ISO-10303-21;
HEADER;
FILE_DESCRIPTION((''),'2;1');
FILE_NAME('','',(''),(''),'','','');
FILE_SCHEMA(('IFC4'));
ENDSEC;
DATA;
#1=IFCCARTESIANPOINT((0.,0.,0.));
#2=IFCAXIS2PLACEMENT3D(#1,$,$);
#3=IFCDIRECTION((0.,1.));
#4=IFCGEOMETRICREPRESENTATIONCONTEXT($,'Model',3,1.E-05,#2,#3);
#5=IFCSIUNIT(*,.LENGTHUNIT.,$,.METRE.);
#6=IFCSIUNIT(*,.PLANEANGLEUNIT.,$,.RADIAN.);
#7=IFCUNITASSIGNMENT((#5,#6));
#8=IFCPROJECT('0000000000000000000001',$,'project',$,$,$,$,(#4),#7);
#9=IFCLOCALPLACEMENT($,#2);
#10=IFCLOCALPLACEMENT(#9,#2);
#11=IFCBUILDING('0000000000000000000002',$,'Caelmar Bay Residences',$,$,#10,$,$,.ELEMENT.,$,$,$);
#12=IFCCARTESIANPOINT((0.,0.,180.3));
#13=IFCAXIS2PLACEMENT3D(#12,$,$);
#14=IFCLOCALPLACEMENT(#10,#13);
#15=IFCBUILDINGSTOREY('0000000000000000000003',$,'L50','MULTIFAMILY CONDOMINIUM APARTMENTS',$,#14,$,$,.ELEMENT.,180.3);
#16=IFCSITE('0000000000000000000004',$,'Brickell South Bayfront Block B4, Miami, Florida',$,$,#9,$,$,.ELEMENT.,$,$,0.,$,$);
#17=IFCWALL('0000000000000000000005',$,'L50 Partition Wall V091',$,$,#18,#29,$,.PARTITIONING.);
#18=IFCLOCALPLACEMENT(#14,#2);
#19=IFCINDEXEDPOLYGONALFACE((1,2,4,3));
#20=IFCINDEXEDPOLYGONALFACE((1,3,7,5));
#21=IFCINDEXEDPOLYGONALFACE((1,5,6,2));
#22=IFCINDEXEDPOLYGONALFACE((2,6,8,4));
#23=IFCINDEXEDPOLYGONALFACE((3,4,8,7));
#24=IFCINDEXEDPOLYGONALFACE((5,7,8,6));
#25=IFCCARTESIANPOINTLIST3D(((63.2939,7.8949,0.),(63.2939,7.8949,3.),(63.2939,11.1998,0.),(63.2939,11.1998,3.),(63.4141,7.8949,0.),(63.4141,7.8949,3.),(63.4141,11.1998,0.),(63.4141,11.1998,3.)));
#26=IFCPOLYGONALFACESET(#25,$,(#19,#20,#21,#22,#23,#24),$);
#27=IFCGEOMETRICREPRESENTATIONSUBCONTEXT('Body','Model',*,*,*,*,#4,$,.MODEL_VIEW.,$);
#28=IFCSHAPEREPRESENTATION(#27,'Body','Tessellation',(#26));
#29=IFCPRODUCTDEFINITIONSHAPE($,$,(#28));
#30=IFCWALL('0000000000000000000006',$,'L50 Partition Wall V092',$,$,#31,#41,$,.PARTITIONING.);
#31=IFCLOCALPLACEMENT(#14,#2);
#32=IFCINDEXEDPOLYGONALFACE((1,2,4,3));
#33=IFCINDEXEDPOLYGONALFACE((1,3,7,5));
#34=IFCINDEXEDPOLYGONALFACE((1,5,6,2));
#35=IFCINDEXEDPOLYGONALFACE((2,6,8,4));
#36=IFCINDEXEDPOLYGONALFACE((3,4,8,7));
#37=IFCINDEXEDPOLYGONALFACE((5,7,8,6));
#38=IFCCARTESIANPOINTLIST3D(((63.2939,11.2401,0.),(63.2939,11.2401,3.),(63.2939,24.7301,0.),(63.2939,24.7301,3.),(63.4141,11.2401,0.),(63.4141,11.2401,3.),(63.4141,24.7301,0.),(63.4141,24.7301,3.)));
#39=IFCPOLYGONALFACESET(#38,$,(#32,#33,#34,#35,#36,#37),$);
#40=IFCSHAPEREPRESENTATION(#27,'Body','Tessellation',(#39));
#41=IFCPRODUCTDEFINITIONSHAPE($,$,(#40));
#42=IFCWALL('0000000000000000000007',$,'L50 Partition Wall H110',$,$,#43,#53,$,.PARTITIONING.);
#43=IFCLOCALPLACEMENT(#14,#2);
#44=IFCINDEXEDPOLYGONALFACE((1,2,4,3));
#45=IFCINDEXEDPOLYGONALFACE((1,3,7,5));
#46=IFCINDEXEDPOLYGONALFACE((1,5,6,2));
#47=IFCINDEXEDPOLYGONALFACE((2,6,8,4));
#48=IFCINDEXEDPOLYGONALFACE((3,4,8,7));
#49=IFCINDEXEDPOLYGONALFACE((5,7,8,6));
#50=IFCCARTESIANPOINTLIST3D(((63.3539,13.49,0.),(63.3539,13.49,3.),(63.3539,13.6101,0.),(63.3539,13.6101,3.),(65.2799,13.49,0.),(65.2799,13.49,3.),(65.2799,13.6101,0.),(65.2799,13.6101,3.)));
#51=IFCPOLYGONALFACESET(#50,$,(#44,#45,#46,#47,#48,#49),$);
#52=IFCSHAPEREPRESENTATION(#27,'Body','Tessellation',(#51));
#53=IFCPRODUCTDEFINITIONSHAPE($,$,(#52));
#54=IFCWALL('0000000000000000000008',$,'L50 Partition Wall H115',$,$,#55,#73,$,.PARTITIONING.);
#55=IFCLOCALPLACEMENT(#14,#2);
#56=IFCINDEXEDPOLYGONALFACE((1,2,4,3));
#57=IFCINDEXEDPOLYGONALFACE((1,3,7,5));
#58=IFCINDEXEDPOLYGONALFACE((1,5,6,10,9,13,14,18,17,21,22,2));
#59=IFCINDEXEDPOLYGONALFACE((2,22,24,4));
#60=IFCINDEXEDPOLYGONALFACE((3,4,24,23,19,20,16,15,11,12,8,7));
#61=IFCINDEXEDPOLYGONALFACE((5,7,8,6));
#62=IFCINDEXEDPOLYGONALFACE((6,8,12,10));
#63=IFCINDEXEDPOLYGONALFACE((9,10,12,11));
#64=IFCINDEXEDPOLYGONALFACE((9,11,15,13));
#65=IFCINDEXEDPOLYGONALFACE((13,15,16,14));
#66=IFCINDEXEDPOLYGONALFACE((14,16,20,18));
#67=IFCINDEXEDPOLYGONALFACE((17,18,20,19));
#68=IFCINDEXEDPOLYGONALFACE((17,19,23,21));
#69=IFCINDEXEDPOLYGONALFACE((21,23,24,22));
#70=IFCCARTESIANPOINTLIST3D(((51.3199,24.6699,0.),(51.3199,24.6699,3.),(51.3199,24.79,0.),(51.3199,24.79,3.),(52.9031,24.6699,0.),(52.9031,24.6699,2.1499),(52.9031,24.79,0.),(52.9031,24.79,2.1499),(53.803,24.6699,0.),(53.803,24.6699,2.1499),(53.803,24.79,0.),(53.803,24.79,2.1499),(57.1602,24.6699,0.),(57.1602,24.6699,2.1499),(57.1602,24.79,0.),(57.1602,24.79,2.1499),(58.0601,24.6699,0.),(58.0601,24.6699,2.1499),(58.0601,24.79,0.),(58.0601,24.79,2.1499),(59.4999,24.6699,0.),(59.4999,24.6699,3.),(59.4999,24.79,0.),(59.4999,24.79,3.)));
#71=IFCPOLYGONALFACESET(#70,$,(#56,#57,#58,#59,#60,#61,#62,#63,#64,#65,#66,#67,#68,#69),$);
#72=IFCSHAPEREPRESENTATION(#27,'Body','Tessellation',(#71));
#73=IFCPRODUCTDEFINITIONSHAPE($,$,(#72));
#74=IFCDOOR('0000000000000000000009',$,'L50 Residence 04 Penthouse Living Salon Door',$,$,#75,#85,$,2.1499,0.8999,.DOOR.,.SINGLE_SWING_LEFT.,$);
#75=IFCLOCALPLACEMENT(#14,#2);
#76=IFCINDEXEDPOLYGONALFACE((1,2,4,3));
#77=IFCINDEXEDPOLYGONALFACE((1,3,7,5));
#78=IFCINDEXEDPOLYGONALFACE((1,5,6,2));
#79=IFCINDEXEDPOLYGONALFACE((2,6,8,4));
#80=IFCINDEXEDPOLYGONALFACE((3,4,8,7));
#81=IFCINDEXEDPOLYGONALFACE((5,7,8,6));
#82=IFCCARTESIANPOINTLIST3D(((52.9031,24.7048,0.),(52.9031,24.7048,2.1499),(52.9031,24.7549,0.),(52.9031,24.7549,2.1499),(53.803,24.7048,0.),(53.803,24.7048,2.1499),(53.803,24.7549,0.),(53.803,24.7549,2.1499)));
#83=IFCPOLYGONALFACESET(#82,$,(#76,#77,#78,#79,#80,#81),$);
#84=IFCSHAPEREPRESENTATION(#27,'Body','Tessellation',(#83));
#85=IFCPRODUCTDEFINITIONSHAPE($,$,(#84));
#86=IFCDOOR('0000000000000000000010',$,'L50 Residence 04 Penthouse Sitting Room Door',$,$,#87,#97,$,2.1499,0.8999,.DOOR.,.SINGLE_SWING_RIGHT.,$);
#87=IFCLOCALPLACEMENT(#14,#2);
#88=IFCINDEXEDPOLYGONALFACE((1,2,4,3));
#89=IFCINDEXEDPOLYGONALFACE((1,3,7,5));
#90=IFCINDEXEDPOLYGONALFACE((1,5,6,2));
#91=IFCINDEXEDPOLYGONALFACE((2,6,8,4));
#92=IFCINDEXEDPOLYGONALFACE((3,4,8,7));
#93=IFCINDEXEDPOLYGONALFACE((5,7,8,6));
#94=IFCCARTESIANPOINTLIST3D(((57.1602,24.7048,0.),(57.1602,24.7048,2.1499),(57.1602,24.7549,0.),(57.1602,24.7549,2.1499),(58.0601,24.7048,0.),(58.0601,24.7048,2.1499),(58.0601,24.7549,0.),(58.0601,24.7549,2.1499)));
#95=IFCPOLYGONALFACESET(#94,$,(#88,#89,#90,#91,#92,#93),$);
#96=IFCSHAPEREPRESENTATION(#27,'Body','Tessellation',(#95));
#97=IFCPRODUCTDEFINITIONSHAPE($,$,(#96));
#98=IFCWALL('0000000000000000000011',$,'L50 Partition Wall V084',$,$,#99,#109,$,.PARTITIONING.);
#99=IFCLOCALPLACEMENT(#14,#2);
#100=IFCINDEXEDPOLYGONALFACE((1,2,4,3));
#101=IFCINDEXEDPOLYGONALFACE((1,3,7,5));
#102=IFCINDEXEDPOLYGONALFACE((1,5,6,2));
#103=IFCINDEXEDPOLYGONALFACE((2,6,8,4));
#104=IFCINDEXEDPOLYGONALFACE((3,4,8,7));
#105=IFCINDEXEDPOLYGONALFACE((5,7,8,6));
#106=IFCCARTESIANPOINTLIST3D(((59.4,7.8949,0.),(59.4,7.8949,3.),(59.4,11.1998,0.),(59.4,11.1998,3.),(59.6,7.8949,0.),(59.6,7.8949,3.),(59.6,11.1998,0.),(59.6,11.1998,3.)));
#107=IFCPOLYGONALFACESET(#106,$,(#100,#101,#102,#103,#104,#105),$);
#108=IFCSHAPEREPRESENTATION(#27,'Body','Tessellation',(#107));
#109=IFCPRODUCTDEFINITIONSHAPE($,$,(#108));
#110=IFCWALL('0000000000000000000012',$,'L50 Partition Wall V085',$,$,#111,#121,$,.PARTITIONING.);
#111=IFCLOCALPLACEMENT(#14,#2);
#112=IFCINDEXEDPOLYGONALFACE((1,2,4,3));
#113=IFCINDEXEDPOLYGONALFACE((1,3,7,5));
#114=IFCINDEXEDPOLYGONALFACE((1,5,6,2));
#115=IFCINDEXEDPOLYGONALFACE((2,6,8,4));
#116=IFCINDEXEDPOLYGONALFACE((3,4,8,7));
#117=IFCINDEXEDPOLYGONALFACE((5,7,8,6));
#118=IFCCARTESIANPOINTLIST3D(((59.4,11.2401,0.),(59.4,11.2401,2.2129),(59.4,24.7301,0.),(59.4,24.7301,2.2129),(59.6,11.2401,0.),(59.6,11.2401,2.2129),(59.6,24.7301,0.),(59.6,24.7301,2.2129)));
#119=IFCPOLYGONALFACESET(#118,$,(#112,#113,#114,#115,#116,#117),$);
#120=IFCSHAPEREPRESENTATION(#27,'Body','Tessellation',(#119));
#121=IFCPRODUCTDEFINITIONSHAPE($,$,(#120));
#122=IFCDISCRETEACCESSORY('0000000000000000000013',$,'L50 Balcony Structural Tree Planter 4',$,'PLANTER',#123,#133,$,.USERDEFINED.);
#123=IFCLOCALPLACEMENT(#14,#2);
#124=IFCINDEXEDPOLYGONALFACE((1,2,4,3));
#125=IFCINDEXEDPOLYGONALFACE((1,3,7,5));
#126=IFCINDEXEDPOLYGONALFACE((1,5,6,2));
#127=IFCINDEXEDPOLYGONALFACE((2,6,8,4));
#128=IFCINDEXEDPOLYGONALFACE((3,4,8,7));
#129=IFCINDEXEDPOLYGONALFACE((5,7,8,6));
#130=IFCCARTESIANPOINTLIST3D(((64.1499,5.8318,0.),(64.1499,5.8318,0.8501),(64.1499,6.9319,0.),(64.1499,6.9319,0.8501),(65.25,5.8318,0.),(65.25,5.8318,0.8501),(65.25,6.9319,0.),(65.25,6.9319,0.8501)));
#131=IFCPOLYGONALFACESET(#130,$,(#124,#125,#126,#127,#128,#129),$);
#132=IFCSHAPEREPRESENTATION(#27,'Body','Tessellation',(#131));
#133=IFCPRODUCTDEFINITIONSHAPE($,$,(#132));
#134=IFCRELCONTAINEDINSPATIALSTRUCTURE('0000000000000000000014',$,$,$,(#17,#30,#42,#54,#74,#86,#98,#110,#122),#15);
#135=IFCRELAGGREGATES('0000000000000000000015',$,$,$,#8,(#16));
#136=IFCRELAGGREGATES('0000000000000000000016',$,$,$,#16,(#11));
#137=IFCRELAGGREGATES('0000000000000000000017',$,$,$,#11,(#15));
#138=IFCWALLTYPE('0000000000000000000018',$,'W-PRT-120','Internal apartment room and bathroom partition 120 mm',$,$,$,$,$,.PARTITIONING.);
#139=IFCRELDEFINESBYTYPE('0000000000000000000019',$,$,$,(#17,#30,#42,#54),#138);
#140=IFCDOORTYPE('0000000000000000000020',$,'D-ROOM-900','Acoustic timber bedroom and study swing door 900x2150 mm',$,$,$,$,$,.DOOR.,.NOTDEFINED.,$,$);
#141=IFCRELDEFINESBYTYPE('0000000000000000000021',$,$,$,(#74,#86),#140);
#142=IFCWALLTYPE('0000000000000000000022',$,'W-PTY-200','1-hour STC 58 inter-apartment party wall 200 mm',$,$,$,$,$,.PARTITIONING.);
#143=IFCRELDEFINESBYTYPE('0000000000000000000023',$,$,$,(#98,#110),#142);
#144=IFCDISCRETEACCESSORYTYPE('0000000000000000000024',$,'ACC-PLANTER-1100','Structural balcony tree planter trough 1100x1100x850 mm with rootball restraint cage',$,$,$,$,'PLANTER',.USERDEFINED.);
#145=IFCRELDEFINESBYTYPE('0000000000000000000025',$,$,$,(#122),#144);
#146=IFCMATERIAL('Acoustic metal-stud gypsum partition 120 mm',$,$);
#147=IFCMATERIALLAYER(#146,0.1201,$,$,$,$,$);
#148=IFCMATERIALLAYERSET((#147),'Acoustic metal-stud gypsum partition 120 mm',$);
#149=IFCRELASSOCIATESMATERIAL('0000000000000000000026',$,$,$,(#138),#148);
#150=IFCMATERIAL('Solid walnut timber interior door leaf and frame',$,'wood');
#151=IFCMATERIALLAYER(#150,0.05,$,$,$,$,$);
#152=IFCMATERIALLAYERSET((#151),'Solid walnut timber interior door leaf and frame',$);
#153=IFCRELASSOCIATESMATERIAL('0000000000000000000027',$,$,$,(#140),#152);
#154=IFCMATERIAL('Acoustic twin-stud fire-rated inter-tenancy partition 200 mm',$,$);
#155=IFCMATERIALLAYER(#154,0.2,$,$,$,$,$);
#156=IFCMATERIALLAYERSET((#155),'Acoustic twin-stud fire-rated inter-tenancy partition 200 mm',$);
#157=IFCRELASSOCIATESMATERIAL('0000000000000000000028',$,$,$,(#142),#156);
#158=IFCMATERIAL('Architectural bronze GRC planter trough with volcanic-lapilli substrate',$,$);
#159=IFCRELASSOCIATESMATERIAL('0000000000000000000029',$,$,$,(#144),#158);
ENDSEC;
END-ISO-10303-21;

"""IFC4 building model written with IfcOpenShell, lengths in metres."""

from ifc_helpers import new_model, si_unit, direction, frame, frame_2d, origin, origin_2d, place, context, subcontext, project, spatial, rectangle, extrude, material, layer, layer_set, type_object, element, fill, save


model = new_model("IFC4")

# Units and contexts
model_context = context("Model", 3, precision=1e-05, world=origin(), true_north=direction((0.0, 1.0)))
body_context = subcontext(model_context, "Body", "Model", "MODEL_VIEW")
ifc_project = project(units=[si_unit("LENGTHUNIT", "METRE"), si_unit("PLANEANGLEUNIT", "RADIAN")], contexts=[model_context])

# Site, building, storey
site_placement = place(None, origin())
site = spatial("IfcSite", under=ifc_project, at=site_placement, Name="Brickell South Bayfront Block B4, Miami, Florida", CompositionType="ELEMENT", RefElevation=0.0)
building_placement = place(site_placement, origin())
building = spatial("IfcBuilding", under=site, at=building_placement, Name="Caelmar Bay Residences", CompositionType="ELEMENT")
storey_placement = place(building_placement, frame((0.0, 0.0, 180.3)))
storey = spatial("IfcBuildingStorey", under=building, at=storey_placement, Name="L50", Description="MULTIFAMILY CONDOMINIUM APARTMENTS", CompositionType="ELEMENT", Elevation=180.3)

# Walls
ifc_material_1 = material(Name="Acoustic metal-stud gypsum partition 120 mm")
ifc_layer_1 = layer(ifc_material_1, 0.1201)
ifc_layer_set_1 = layer_set([ifc_layer_1], Name="Acoustic metal-stud gypsum partition 120 mm")
wall_type_1 = type_object("IfcWallType", Name="W-PRT-120", Description="Internal apartment room and bathroom partition 120 mm", PredefinedType="PARTITIONING", material=ifc_layer_set_1)
wall_1_placement = place(storey_placement, frame((63.354, 7.895, 0.0), z_axis=(0.0, 0.0, 1.0), x_axis=(0.0, 1.0, 0.0)))
element("IfcWall", 1, at=wall_1_placement, inside=storey, type_object=wall_type_1, Name="L50 Partition Wall V091", PredefinedType="PARTITIONING", context=body_context, shape_type="SweptSolid", body=[
    extrude(rectangle(XDim=3.3049, YDim=0.1201, at=frame_2d((1.6523, 0.0))), origin(), (0.0, 0.0, 1.0), 3.0),
])
wall_2_placement = place(storey_placement, frame((63.354, 11.24, 0.0), z_axis=(0.0, 0.0, 1.0), x_axis=(0.0, 1.0, 0.0)))
element("IfcWall", 2, at=wall_2_placement, inside=storey, type_object=wall_type_1, Name="L50 Partition Wall V092", PredefinedType="PARTITIONING", context=body_context, shape_type="SweptSolid", body=[
    extrude(rectangle(XDim=13.49, YDim=0.1201, at=frame_2d((6.7451, 0.0))), origin(), (0.0, 0.0, 1.0), 3.0),
])

# Shared definitions
ifc_material_2 = material(Name="Solid walnut timber interior door leaf and frame", Category="wood")
ifc_layer_2 = layer(ifc_material_2, 0.05)
ifc_layer_set_2 = layer_set([ifc_layer_2], Name="Solid walnut timber interior door leaf and frame")
door_type = type_object("IfcDoorType", Name="D-ROOM-900", Description="Acoustic timber bedroom and study swing door 900x2150 mm", OperationType="NOTDEFINED", PredefinedType="DOOR", material=ifc_layer_set_2)

# Wall
wall_3_placement = place(storey_placement, frame((63.354, 13.55, 0.0), z_axis=(0.0, 0.0, 1.0), x_axis=(1.0, 0.0, 0.0)))
element("IfcWall", 3, at=wall_3_placement, inside=storey, type_object=wall_type_1, Name="L50 Partition Wall H110", PredefinedType="PARTITIONING", context=body_context, shape_type="SweptSolid", body=[
    extrude(rectangle(XDim=1.926, YDim=0.1201, at=frame_2d((0.9629, 0.0))), origin(), (0.0, 0.0, 1.0), 3.0),
])

# Wall, openings, doors
wall_4_placement = place(storey_placement, frame((51.3201, 24.73, 0.0), z_axis=(0.0, 0.0, 1.0), x_axis=(1.0, 0.0, 0.0)))
wall_4 = element("IfcWall", 4, at=wall_4_placement, inside=storey, type_object=wall_type_1, Name="L50 Partition Wall H115", PredefinedType="PARTITIONING", context=body_context, shape_type="SweptSolid", body=[
    extrude(rectangle(XDim=8.1799, YDim=0.1201, at=frame_2d((4.0898, 0.0))), origin(), (0.0, 0.0, 1.0), 3.0),
])
opening_1_placement = place(wall_4_placement, frame((1.583, 0.0, 0.0)))
opening_1 = element("IfcOpeningElement", 5, at=opening_1_placement, cuts=wall_4, PredefinedType="OPENING", context=body_context, shape_type="SweptSolid", body=[
    extrude(rectangle(XDim=0.8999, YDim=2.1499, at=frame_2d((0.45, 1.075))), frame((0.0, 0.0701, 0.0), z_axis=(0.0, -1.0, 0.0), x_axis=(1.0, 0.0, 0.0)), (0.0, 0.0, 1.0), 0.1401),
])
opening_2_placement = place(wall_4_placement, frame((5.8401, 0.0, 0.0)))
opening_2 = element("IfcOpeningElement", 6, at=opening_2_placement, cuts=wall_4, PredefinedType="OPENING", context=body_context, shape_type="SweptSolid", body=[
    extrude(rectangle(XDim=0.8999, YDim=2.1499, at=frame_2d((0.45, 1.075))), frame((0.0, 0.0701, 0.0), z_axis=(0.0, -1.0, 0.0), x_axis=(1.0, 0.0, 0.0)), (0.0, 0.0, 1.0), 0.1401),
])
door_1_placement = place(opening_1_placement, origin())
door_1 = element("IfcDoor", 7, at=door_1_placement, inside=storey, type_object=door_type, Name="L50 Residence 04 Penthouse Living Salon Door", OperationType="SINGLE_SWING_LEFT", OverallHeight=2.1499, OverallWidth=0.8999, PredefinedType="DOOR", context=body_context, shape_type="SweptSolid", body=[
    extrude(rectangle(XDim=0.8999, YDim=2.1499, at=frame_2d((0.45, 1.075))), frame((0.0, 0.0249, 0.0), z_axis=(0.0, -1.0, 0.0), x_axis=(1.0, 0.0, 0.0)), (0.0, 0.0, 1.0), 0.05),
])
fill(opening_1, door_1)
door_2_placement = place(opening_2_placement, origin())
door_2 = element("IfcDoor", 8, at=door_2_placement, inside=storey, type_object=door_type, Name="L50 Residence 04 Penthouse Sitting Room Door", OperationType="SINGLE_SWING_RIGHT", OverallHeight=2.1499, OverallWidth=0.8999, PredefinedType="DOOR", context=body_context, shape_type="SweptSolid", body=[
    extrude(rectangle(XDim=0.8999, YDim=2.1499, at=frame_2d((0.45, 1.075))), frame((0.0, 0.0249, 0.0), z_axis=(0.0, -1.0, 0.0), x_axis=(1.0, 0.0, 0.0)), (0.0, 0.0, 1.0), 0.05),
])
fill(opening_2, door_2)

# Walls
ifc_material_3 = material(Name="Acoustic twin-stud fire-rated inter-tenancy partition 200 mm")
ifc_layer_3 = layer(ifc_material_3, 0.2)
ifc_layer_set_3 = layer_set([ifc_layer_3], Name="Acoustic twin-stud fire-rated inter-tenancy partition 200 mm")
wall_type_2 = type_object("IfcWallType", Name="W-PTY-200", Description="1-hour STC 58 inter-apartment party wall 200 mm", PredefinedType="PARTITIONING", material=ifc_layer_set_3)
wall_5_placement = place(storey_placement, frame((59.5, 7.895, 0.0), z_axis=(0.0, 0.0, 1.0), x_axis=(0.0, 1.0, 0.0)))
element("IfcWall", 9, at=wall_5_placement, inside=storey, type_object=wall_type_2, Name="L50 Partition Wall V084", PredefinedType="PARTITIONING", context=body_context, shape_type="SweptSolid", body=[
    extrude(rectangle(XDim=3.3049, YDim=0.2, at=frame_2d((1.6523, 0.0))), origin(), (0.0, 0.0, 1.0), 3.0),
])
wall_6_placement = place(storey_placement, frame((59.5, 11.24, 0.0), z_axis=(0.0, 0.0, 1.0), x_axis=(0.0, 1.0, 0.0)))
element("IfcWall", 10, at=wall_6_placement, inside=storey, type_object=wall_type_2, Name="L50 Partition Wall V085", PredefinedType="PARTITIONING", context=body_context, shape_type="SweptSolid", body=[
    extrude(rectangle(XDim=13.49, YDim=0.2, at=frame_2d((6.7451, 0.0))), origin(), (0.0, 0.0, 1.0), 2.2129),
])

# Discrete accessory
ifc_material_4 = material(Name="Architectural bronze GRC planter trough with volcanic-lapilli substrate")
discrete_accessory_type = type_object("IfcDiscreteAccessoryType", Name="ACC-PLANTER-1100", Description="Structural balcony tree planter trough 1100x1100x850 mm with rootball restraint cage", ElementType="PLANTER", PredefinedType="USERDEFINED", material=ifc_material_4)
discrete_accessory_placement = place(storey_placement, frame((64.7, 6.3818, 0.0), z_axis=(0.0, 0.0, 1.0), x_axis=(1.0, 0.0, 0.0)))
element("IfcDiscreteAccessory", 11, at=discrete_accessory_placement, inside=storey, type_object=discrete_accessory_type, Name="L50 Balcony Structural Tree Planter 4", ObjectType="PLANTER", PredefinedType="USERDEFINED", context=body_context, shape_type="SweptSolid", body=[
    extrude(rectangle(XDim=1.1001, YDim=1.1001, at=origin_2d()), origin(), (0.0, 0.0, 1.0), 0.8501),
])

save(model, "model.ifc")
